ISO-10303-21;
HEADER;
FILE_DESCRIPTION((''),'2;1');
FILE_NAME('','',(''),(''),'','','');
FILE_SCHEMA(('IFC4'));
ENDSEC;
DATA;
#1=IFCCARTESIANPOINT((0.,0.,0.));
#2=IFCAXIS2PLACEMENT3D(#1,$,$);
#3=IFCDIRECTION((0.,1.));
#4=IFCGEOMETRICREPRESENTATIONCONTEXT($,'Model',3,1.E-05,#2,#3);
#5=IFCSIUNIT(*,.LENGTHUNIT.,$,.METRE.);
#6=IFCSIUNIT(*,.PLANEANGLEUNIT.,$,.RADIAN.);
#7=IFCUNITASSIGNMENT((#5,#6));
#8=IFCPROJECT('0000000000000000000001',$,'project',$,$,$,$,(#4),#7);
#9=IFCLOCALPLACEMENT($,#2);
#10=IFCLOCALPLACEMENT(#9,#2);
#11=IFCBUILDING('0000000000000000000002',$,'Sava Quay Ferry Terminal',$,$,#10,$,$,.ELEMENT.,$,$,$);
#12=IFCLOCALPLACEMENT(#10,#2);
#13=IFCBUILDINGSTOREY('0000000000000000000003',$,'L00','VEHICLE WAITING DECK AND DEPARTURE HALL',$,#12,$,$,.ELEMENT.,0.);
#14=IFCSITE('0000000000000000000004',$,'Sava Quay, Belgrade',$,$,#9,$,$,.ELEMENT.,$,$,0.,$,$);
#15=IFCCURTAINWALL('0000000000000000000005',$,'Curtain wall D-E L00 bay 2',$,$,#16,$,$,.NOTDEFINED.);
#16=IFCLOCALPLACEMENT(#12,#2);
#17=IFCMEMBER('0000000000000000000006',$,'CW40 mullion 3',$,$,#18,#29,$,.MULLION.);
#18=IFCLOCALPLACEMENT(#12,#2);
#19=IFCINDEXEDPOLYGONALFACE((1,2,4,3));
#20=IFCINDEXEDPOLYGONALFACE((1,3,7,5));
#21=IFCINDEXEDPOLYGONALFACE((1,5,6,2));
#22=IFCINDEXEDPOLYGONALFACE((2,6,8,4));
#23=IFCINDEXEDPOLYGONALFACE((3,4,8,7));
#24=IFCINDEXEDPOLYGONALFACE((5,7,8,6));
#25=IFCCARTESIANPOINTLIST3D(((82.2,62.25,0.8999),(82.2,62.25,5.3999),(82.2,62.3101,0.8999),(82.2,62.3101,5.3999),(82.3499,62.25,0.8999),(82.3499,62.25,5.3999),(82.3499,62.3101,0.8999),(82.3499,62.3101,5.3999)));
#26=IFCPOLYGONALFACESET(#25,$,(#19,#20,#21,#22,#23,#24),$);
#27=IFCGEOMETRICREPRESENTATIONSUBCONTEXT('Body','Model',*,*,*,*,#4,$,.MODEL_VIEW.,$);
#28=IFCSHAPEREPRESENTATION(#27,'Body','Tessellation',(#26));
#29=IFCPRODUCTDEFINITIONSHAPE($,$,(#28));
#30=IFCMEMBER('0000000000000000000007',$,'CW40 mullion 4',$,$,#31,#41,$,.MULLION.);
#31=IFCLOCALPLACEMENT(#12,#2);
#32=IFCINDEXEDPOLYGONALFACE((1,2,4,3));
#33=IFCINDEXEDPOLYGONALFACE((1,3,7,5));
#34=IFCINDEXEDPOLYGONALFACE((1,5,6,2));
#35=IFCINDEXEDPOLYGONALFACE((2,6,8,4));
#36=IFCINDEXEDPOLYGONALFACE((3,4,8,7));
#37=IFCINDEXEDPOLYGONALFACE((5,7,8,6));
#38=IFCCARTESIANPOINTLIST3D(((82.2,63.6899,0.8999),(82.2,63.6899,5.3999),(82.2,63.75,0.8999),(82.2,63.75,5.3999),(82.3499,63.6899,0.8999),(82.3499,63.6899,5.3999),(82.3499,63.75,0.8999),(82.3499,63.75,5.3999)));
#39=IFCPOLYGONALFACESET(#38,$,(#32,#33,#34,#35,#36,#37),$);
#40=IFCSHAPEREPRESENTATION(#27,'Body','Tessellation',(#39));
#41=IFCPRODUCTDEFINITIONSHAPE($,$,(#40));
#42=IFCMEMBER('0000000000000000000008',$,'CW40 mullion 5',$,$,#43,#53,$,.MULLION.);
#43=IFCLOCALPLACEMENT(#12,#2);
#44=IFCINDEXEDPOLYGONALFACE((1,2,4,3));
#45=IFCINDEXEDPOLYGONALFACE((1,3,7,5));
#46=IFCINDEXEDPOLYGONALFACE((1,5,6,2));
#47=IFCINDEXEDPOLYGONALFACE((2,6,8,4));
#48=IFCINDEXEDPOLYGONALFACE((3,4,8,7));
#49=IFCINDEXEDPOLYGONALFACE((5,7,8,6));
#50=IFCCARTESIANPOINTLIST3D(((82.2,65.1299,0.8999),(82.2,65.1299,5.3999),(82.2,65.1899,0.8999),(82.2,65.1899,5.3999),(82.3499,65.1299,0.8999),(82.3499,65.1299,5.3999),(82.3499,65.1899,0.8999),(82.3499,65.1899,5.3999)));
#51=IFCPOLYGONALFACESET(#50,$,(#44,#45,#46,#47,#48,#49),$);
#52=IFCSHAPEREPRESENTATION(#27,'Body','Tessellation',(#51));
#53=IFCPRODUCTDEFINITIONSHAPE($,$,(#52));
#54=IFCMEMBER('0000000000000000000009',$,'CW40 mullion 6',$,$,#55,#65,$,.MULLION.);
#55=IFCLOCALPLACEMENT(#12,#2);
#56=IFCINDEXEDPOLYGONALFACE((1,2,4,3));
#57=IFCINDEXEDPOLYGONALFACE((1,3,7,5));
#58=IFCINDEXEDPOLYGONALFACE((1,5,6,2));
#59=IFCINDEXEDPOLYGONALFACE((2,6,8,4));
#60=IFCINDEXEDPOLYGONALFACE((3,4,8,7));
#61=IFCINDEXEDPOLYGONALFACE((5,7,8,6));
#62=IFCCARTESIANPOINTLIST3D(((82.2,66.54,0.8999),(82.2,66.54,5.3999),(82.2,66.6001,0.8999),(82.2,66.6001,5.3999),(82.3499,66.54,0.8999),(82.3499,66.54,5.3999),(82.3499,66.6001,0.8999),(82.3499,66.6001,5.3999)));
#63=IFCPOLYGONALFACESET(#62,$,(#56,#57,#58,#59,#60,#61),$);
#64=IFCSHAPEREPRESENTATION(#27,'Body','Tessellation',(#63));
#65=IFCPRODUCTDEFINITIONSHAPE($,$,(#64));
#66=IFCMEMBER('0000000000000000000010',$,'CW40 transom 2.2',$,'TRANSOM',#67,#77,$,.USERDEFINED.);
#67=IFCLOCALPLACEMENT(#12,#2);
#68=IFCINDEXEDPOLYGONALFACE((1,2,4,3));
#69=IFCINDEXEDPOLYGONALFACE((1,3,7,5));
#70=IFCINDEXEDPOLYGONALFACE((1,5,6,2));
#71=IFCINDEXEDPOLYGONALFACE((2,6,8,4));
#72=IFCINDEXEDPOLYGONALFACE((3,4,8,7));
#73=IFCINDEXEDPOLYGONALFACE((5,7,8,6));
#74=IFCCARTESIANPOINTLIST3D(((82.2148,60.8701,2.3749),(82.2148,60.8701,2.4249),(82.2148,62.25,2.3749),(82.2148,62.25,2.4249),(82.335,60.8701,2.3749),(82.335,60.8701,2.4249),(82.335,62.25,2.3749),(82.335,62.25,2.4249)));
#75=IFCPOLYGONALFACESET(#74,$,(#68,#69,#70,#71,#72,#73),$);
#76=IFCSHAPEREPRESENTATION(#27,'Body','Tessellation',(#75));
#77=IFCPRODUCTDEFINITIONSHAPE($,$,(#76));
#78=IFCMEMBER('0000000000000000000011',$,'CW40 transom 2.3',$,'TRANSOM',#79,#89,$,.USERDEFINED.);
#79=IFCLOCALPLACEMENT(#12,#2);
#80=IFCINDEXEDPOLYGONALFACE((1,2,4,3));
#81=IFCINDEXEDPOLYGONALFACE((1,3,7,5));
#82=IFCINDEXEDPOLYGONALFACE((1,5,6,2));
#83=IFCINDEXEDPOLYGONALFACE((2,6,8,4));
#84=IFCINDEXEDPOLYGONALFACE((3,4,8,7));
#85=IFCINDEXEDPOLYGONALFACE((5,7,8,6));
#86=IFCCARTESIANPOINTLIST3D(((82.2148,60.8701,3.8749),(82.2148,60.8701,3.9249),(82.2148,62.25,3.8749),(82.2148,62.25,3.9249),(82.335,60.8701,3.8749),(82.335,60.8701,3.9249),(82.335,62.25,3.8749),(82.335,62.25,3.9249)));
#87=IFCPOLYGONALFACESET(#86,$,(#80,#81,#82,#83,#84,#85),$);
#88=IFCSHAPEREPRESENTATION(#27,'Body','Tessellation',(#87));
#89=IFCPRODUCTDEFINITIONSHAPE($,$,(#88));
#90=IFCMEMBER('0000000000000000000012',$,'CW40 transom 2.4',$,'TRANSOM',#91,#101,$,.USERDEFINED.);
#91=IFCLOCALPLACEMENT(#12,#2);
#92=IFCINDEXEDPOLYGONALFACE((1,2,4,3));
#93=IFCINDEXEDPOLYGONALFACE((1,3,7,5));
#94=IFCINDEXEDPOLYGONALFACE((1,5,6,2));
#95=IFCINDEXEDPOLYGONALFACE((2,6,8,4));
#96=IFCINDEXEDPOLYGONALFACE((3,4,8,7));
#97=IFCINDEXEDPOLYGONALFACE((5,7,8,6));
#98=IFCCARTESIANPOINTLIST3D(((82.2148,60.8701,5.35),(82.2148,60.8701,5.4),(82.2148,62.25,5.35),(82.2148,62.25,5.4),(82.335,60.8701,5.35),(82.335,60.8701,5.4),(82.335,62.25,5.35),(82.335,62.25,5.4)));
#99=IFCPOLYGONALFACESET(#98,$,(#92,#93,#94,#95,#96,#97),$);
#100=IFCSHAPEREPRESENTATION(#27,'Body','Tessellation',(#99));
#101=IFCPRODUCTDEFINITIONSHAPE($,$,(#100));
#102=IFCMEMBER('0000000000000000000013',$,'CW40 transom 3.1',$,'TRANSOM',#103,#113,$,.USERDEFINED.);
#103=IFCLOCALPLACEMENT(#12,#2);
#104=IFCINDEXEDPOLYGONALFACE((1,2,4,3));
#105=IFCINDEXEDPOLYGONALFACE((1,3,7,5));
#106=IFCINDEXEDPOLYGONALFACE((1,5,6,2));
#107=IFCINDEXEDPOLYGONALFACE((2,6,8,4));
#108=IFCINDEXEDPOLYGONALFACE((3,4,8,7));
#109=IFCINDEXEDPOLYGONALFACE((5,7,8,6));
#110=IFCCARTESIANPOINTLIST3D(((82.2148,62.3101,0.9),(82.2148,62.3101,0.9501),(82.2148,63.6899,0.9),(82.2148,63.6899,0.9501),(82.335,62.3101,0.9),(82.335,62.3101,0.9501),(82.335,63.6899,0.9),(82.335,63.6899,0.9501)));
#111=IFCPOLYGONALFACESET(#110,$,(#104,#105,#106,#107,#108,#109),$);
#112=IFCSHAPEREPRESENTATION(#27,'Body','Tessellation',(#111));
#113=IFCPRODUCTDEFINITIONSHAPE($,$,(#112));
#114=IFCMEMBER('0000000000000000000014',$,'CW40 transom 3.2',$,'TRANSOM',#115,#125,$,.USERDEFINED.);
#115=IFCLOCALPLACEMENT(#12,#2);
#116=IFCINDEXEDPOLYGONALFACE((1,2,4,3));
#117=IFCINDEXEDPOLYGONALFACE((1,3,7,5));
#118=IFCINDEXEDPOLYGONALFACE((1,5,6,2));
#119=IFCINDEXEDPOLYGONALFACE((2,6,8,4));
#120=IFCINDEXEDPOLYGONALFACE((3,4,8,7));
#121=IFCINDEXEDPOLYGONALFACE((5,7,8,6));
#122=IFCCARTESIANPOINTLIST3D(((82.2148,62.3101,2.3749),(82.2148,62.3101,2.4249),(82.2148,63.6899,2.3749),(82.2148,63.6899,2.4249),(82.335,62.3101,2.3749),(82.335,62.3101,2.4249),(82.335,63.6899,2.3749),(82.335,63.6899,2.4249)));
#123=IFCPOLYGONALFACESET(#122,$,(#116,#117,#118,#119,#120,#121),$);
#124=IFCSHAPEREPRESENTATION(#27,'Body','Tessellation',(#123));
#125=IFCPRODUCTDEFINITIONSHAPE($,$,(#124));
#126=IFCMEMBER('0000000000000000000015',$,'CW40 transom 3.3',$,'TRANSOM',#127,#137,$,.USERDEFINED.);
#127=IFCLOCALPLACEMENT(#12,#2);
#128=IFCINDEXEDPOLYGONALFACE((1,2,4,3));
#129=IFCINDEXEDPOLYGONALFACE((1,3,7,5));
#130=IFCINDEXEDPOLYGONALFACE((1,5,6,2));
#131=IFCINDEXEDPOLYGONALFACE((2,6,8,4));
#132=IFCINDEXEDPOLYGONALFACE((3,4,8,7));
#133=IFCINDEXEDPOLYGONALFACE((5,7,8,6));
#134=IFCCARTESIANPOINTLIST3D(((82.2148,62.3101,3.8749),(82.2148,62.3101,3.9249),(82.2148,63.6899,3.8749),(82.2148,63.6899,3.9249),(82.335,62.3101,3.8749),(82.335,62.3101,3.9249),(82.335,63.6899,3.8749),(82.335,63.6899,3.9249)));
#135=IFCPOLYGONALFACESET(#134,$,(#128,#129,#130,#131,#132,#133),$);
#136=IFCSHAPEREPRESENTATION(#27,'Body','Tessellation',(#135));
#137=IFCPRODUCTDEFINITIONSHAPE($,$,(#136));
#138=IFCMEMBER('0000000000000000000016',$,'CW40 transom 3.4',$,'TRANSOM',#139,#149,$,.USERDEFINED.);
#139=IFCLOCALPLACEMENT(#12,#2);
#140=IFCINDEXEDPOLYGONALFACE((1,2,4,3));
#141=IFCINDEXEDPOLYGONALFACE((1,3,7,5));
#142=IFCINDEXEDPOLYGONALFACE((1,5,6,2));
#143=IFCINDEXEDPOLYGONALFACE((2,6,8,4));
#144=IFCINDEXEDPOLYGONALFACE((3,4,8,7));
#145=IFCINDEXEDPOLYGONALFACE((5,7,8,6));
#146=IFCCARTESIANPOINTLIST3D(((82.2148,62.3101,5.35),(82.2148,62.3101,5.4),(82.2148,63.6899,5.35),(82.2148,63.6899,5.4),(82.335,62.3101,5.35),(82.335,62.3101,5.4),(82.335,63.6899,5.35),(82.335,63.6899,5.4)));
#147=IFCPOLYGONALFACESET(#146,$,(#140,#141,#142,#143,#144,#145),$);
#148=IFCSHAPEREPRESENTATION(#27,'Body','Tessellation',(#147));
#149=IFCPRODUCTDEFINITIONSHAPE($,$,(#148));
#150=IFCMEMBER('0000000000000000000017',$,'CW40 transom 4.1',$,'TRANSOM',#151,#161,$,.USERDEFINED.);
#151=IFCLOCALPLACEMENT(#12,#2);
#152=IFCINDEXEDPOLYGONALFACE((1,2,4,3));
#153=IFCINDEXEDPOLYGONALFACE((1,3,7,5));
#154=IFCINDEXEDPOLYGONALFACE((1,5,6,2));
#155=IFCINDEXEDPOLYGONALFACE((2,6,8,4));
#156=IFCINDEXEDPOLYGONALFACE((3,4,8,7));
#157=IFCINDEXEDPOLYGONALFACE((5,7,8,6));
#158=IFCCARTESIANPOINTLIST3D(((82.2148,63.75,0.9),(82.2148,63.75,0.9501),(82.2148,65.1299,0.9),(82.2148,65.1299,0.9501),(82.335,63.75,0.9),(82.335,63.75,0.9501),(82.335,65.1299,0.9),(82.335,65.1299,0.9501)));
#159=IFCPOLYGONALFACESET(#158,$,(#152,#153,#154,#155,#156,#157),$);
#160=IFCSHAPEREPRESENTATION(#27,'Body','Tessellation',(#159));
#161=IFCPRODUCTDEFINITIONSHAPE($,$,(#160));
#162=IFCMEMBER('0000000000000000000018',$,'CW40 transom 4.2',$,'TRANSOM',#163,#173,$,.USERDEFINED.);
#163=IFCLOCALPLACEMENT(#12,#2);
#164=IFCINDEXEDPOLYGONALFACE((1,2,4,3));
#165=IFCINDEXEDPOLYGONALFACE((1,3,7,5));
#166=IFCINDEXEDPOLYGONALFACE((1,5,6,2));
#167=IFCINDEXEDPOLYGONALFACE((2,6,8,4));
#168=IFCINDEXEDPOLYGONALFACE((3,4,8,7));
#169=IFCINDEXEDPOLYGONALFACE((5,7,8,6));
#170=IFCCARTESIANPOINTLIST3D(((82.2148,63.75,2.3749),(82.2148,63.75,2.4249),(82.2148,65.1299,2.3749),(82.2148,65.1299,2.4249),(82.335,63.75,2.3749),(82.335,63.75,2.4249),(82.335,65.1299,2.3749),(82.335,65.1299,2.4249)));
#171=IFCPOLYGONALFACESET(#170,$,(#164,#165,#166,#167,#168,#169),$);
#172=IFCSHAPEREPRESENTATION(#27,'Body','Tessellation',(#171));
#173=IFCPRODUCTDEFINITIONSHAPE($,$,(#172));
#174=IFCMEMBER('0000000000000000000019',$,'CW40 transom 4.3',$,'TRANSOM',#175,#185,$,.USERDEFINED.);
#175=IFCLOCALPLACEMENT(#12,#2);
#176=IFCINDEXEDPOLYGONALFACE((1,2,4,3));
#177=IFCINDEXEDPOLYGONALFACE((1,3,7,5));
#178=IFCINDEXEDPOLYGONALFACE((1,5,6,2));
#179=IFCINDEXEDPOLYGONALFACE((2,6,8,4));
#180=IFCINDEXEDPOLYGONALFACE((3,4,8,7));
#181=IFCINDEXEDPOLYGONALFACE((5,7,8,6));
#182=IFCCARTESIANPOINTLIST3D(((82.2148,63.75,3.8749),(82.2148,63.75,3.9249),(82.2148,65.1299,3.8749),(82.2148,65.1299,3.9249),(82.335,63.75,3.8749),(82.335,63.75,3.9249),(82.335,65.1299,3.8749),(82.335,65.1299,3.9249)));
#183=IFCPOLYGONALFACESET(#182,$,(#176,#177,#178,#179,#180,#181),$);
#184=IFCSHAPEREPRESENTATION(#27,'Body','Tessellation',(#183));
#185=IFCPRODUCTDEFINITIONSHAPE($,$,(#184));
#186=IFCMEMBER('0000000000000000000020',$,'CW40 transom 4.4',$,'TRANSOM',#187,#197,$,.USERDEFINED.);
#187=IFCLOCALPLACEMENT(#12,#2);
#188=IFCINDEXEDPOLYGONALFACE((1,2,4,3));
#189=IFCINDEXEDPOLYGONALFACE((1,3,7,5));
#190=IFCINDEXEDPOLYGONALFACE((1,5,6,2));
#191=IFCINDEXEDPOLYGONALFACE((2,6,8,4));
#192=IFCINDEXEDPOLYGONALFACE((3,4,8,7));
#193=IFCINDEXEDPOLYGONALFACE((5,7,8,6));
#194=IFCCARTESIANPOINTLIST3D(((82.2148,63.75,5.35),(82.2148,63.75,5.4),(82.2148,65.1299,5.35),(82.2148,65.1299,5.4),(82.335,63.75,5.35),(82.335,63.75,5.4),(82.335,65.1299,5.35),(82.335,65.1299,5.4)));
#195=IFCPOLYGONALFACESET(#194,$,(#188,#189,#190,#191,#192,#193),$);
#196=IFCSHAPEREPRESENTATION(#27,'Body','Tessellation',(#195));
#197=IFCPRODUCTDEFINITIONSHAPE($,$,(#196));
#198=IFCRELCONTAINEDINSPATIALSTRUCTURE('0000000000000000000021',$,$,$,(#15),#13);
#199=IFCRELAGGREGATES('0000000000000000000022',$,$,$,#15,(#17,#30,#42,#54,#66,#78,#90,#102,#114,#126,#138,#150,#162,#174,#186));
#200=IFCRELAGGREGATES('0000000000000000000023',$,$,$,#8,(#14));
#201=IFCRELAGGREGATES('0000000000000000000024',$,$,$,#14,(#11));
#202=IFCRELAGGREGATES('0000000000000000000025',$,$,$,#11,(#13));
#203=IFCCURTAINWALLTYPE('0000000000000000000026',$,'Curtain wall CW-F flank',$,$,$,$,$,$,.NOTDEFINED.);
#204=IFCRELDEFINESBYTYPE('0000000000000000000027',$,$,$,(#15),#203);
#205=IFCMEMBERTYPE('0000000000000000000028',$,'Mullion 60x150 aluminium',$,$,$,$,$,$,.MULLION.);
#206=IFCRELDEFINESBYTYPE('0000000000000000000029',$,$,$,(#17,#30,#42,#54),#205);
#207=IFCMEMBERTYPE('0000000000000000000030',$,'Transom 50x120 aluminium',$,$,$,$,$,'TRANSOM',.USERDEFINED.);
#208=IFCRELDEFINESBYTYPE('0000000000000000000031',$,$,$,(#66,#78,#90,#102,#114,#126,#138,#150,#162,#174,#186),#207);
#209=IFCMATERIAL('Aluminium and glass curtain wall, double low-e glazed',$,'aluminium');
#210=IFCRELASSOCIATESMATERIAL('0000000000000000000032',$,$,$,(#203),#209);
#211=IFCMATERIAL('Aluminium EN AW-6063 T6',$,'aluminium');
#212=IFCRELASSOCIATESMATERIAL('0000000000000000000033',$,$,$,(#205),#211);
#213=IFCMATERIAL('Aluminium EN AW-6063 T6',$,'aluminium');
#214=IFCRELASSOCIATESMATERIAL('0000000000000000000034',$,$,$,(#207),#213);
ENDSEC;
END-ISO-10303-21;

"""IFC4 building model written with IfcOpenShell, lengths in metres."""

from ifc_helpers import new_model, si_unit, direction, frame, origin, origin_2d, place, context, subcontext, project, spatial, rectangle, extrude, material, material_profile, profile_set, type_object, element, aggregate, save


model = new_model("IFC4")

# Units and contexts
model_context = context("Model", 3, precision=1e-05, world=origin(), true_north=direction((0.0, 1.0)))
body_context = subcontext(model_context, "Body", "Model", "MODEL_VIEW")
ifc_project = project(units=[si_unit("LENGTHUNIT", "METRE"), si_unit("PLANEANGLEUNIT", "RADIAN")], contexts=[model_context])

# Site, building, storey
site_placement = place(None, origin())
site = spatial("IfcSite", under=ifc_project, at=site_placement, Name="Sava Quay, Belgrade", CompositionType="ELEMENT", RefElevation=0.0)
building_placement = place(site_placement, origin())
building = spatial("IfcBuilding", under=site, at=building_placement, Name="Sava Quay Ferry Terminal", CompositionType="ELEMENT")
storey_placement = place(building_placement, origin())
storey = spatial("IfcBuildingStorey", under=building, at=storey_placement, Name="L00", Description="VEHICLE WAITING DECK AND DEPARTURE HALL", CompositionType="ELEMENT", Elevation=0.0)

# Curtain wall, members
ifc_material_1 = material(Name="Aluminium and glass curtain wall, double low-e glazed", Category="aluminium")
curtain_wall_type = type_object("IfcCurtainWallType", Name="Curtain wall CW-F flank", PredefinedType="NOTDEFINED", material=ifc_material_1)
curtain_wall_placement = place(storey_placement, origin())
curtain_wall = element("IfcCurtainWall", 1, at=curtain_wall_placement, inside=storey, type_object=curtain_wall_type, Name="Curtain wall D-E L00 bay 2", PredefinedType="NOTDEFINED")
ifc_material_2 = material(Name="Aluminium EN AW-6063 T6", Category="aluminium")
ifc_material_profile_1 = material_profile(ifc_material_2, rectangle(XDim=0.1499, YDim=0.0601, at=origin_2d()), Name="Mullion 60x150 aluminium")
ifc_profile_set_1 = profile_set([ifc_material_profile_1], Name="Aluminium EN AW-6063 T6")
member_type_1 = type_object("IfcMemberType", Name="Mullion 60x150 aluminium", PredefinedType="MULLION", material=ifc_profile_set_1)
member_1_placement = place(storey_placement, frame((82.2749, 62.28, 0.8999), z_axis=(0.0, 0.0, 1.0), x_axis=(-1.0, 0.0, 0.0)))
member_1 = element("IfcMember", 2, at=member_1_placement, type_object=member_type_1, Name="CW40 mullion 3", PredefinedType="MULLION", context=body_context, shape_type="SweptSolid", body=[
    extrude(rectangle(XDim=0.1499, YDim=0.0601, at=origin_2d()), origin(), (0.0, 0.0, 1.0), 4.5),
])
member_2_placement = place(storey_placement, frame((82.2749, 63.72, 0.8999), z_axis=(0.0, 0.0, 1.0), x_axis=(-1.0, 0.0, 0.0)))
member_2 = element("IfcMember", 3, at=member_2_placement, type_object=member_type_1, Name="CW40 mullion 4", PredefinedType="MULLION", context=body_context, shape_type="SweptSolid", body=[
    extrude(rectangle(XDim=0.1499, YDim=0.0601, at=origin_2d()), origin(), (0.0, 0.0, 1.0), 4.5),
])
member_3_placement = place(storey_placement, frame((82.2749, 65.1599, 0.8999), z_axis=(0.0, 0.0, 1.0), x_axis=(-1.0, 0.0, 0.0)))
member_3 = element("IfcMember", 4, at=member_3_placement, type_object=member_type_1, Name="CW40 mullion 5", PredefinedType="MULLION", context=body_context, shape_type="SweptSolid", body=[
    extrude(rectangle(XDim=0.1499, YDim=0.0601, at=origin_2d()), origin(), (0.0, 0.0, 1.0), 4.5),
])
member_4_placement = place(storey_placement, frame((82.2749, 66.5701, 0.8999), z_axis=(0.0, 0.0, 1.0), x_axis=(-1.0, 0.0, 0.0)))
member_4 = element("IfcMember", 5, at=member_4_placement, type_object=member_type_1, Name="CW40 mullion 6", PredefinedType="MULLION", context=body_context, shape_type="SweptSolid", body=[
    extrude(rectangle(XDim=0.1499, YDim=0.0601, at=origin_2d()), origin(), (0.0, 0.0, 1.0), 4.5),
])
ifc_material_3 = material(Name="Aluminium EN AW-6063 T6", Category="aluminium")
ifc_material_profile_2 = material_profile(ifc_material_3, rectangle(XDim=0.1201, YDim=0.05, at=origin_2d()), Name="Transom 50x120 aluminium")
ifc_profile_set_2 = profile_set([ifc_material_profile_2], Name="Aluminium EN AW-6063 T6")
member_type_2 = type_object("IfcMemberType", Name="Transom 50x120 aluminium", ElementType="TRANSOM", PredefinedType="USERDEFINED", material=ifc_profile_set_2)
member_5_placement = place(storey_placement, frame((82.2749, 60.8701, 2.3999), z_axis=(0.0, 1.0, 0.0), x_axis=(-1.0, 0.0, 0.0)))
member_5 = element("IfcMember", 6, at=member_5_placement, type_object=member_type_2, Name="CW40 transom 2.2", ObjectType="TRANSOM", PredefinedType="USERDEFINED", context=body_context, shape_type="SweptSolid", body=[
    extrude(rectangle(XDim=0.1201, YDim=0.05, at=origin_2d()), origin(), (0.0, 0.0, 1.0), 1.3799),
])
member_6_placement = place(storey_placement, frame((82.2749, 60.8701, 3.8999), z_axis=(0.0, 1.0, 0.0), x_axis=(-1.0, 0.0, 0.0)))
member_6 = element("IfcMember", 7, at=member_6_placement, type_object=member_type_2, Name="CW40 transom 2.3", ObjectType="TRANSOM", PredefinedType="USERDEFINED", context=body_context, shape_type="SweptSolid", body=[
    extrude(rectangle(XDim=0.1201, YDim=0.05, at=origin_2d()), origin(), (0.0, 0.0, 1.0), 1.3799),
])
member_7_placement = place(storey_placement, frame((82.2749, 60.8701, 5.375), z_axis=(0.0, 1.0, 0.0), x_axis=(-1.0, 0.0, 0.0)))
member_7 = element("IfcMember", 8, at=member_7_placement, type_object=member_type_2, Name="CW40 transom 2.4", ObjectType="TRANSOM", PredefinedType="USERDEFINED", context=body_context, shape_type="SweptSolid", body=[
    extrude(rectangle(XDim=0.1201, YDim=0.05, at=origin_2d()), origin(), (0.0, 0.0, 1.0), 1.3799),
])
member_8_placement = place(storey_placement, frame((82.2749, 62.3101, 0.925), z_axis=(0.0, 1.0, 0.0), x_axis=(-1.0, 0.0, 0.0)))
member_8 = element("IfcMember", 9, at=member_8_placement, type_object=member_type_2, Name="CW40 transom 3.1", ObjectType="TRANSOM", PredefinedType="USERDEFINED", context=body_context, shape_type="SweptSolid", body=[
    extrude(rectangle(XDim=0.1201, YDim=0.05, at=origin_2d()), origin(), (0.0, 0.0, 1.0), 1.3799),
])
member_9_placement = place(storey_placement, frame((82.2749, 62.3101, 2.3999), z_axis=(0.0, 1.0, 0.0), x_axis=(-1.0, 0.0, 0.0)))
member_9 = element("IfcMember", 10, at=member_9_placement, type_object=member_type_2, Name="CW40 transom 3.2", ObjectType="TRANSOM", PredefinedType="USERDEFINED", context=body_context, shape_type="SweptSolid", body=[
    extrude(rectangle(XDim=0.1201, YDim=0.05, at=origin_2d()), origin(), (0.0, 0.0, 1.0), 1.3799),
])
member_10_placement = place(storey_placement, frame((82.2749, 62.3101, 3.8999), z_axis=(0.0, 1.0, 0.0), x_axis=(-1.0, 0.0, 0.0)))
member_10 = element("IfcMember", 11, at=member_10_placement, type_object=member_type_2, Name="CW40 transom 3.3", ObjectType="TRANSOM", PredefinedType="USERDEFINED", context=body_context, shape_type="SweptSolid", body=[
    extrude(rectangle(XDim=0.1201, YDim=0.05, at=origin_2d()), origin(), (0.0, 0.0, 1.0), 1.3799),
])
member_11_placement = place(storey_placement, frame((82.2749, 62.3101, 5.375), z_axis=(0.0, 1.0, 0.0), x_axis=(-1.0, 0.0, 0.0)))
member_11 = element("IfcMember", 12, at=member_11_placement, type_object=member_type_2, Name="CW40 transom 3.4", ObjectType="TRANSOM", PredefinedType="USERDEFINED", context=body_context, shape_type="SweptSolid", body=[
    extrude(rectangle(XDim=0.1201, YDim=0.05, at=origin_2d()), origin(), (0.0, 0.0, 1.0), 1.3799),
])
member_12_placement = place(storey_placement, frame((82.2749, 63.75, 0.925), z_axis=(0.0, 1.0, 0.0), x_axis=(-1.0, 0.0, 0.0)))
member_12 = element("IfcMember", 13, at=member_12_placement, type_object=member_type_2, Name="CW40 transom 4.1", ObjectType="TRANSOM", PredefinedType="USERDEFINED", context=body_context, shape_type="SweptSolid", body=[
    extrude(rectangle(XDim=0.1201, YDim=0.05, at=origin_2d()), origin(), (0.0, 0.0, 1.0), 1.3799),
])
member_13_placement = place(storey_placement, frame((82.2749, 63.75, 2.3999), z_axis=(0.0, 1.0, 0.0), x_axis=(-1.0, 0.0, 0.0)))
member_13 = element("IfcMember", 14, at=member_13_placement, type_object=member_type_2, Name="CW40 transom 4.2", ObjectType="TRANSOM", PredefinedType="USERDEFINED", context=body_context, shape_type="SweptSolid", body=[
    extrude(rectangle(XDim=0.1201, YDim=0.05, at=origin_2d()), origin(), (0.0, 0.0, 1.0), 1.3799),
])
member_14_placement = place(storey_placement, frame((82.2749, 63.75, 3.8999), z_axis=(0.0, 1.0, 0.0), x_axis=(-1.0, 0.0, 0.0)))
member_14 = element("IfcMember", 15, at=member_14_placement, type_object=member_type_2, Name="CW40 transom 4.3", ObjectType="TRANSOM", PredefinedType="USERDEFINED", context=body_context, shape_type="SweptSolid", body=[
    extrude(rectangle(XDim=0.1201, YDim=0.05, at=origin_2d()), origin(), (0.0, 0.0, 1.0), 1.3799),
])
member_15_placement = place(storey_placement, frame((82.2749, 63.75, 5.375), z_axis=(0.0, 1.0, 0.0), x_axis=(-1.0, 0.0, 0.0)))
member_15 = element("IfcMember", 16, at=member_15_placement, type_object=member_type_2, Name="CW40 transom 4.4", ObjectType="TRANSOM", PredefinedType="USERDEFINED", context=body_context, shape_type="SweptSolid", body=[
    extrude(rectangle(XDim=0.1201, YDim=0.05, at=origin_2d()), origin(), (0.0, 0.0, 1.0), 1.3799),
])
aggregate(curtain_wall, [member_1, member_2, member_3, member_4, member_5, member_6, member_7, member_8, member_9, member_10, member_11, member_12, member_13, member_14, member_15])

save(model, "model.ifc")
